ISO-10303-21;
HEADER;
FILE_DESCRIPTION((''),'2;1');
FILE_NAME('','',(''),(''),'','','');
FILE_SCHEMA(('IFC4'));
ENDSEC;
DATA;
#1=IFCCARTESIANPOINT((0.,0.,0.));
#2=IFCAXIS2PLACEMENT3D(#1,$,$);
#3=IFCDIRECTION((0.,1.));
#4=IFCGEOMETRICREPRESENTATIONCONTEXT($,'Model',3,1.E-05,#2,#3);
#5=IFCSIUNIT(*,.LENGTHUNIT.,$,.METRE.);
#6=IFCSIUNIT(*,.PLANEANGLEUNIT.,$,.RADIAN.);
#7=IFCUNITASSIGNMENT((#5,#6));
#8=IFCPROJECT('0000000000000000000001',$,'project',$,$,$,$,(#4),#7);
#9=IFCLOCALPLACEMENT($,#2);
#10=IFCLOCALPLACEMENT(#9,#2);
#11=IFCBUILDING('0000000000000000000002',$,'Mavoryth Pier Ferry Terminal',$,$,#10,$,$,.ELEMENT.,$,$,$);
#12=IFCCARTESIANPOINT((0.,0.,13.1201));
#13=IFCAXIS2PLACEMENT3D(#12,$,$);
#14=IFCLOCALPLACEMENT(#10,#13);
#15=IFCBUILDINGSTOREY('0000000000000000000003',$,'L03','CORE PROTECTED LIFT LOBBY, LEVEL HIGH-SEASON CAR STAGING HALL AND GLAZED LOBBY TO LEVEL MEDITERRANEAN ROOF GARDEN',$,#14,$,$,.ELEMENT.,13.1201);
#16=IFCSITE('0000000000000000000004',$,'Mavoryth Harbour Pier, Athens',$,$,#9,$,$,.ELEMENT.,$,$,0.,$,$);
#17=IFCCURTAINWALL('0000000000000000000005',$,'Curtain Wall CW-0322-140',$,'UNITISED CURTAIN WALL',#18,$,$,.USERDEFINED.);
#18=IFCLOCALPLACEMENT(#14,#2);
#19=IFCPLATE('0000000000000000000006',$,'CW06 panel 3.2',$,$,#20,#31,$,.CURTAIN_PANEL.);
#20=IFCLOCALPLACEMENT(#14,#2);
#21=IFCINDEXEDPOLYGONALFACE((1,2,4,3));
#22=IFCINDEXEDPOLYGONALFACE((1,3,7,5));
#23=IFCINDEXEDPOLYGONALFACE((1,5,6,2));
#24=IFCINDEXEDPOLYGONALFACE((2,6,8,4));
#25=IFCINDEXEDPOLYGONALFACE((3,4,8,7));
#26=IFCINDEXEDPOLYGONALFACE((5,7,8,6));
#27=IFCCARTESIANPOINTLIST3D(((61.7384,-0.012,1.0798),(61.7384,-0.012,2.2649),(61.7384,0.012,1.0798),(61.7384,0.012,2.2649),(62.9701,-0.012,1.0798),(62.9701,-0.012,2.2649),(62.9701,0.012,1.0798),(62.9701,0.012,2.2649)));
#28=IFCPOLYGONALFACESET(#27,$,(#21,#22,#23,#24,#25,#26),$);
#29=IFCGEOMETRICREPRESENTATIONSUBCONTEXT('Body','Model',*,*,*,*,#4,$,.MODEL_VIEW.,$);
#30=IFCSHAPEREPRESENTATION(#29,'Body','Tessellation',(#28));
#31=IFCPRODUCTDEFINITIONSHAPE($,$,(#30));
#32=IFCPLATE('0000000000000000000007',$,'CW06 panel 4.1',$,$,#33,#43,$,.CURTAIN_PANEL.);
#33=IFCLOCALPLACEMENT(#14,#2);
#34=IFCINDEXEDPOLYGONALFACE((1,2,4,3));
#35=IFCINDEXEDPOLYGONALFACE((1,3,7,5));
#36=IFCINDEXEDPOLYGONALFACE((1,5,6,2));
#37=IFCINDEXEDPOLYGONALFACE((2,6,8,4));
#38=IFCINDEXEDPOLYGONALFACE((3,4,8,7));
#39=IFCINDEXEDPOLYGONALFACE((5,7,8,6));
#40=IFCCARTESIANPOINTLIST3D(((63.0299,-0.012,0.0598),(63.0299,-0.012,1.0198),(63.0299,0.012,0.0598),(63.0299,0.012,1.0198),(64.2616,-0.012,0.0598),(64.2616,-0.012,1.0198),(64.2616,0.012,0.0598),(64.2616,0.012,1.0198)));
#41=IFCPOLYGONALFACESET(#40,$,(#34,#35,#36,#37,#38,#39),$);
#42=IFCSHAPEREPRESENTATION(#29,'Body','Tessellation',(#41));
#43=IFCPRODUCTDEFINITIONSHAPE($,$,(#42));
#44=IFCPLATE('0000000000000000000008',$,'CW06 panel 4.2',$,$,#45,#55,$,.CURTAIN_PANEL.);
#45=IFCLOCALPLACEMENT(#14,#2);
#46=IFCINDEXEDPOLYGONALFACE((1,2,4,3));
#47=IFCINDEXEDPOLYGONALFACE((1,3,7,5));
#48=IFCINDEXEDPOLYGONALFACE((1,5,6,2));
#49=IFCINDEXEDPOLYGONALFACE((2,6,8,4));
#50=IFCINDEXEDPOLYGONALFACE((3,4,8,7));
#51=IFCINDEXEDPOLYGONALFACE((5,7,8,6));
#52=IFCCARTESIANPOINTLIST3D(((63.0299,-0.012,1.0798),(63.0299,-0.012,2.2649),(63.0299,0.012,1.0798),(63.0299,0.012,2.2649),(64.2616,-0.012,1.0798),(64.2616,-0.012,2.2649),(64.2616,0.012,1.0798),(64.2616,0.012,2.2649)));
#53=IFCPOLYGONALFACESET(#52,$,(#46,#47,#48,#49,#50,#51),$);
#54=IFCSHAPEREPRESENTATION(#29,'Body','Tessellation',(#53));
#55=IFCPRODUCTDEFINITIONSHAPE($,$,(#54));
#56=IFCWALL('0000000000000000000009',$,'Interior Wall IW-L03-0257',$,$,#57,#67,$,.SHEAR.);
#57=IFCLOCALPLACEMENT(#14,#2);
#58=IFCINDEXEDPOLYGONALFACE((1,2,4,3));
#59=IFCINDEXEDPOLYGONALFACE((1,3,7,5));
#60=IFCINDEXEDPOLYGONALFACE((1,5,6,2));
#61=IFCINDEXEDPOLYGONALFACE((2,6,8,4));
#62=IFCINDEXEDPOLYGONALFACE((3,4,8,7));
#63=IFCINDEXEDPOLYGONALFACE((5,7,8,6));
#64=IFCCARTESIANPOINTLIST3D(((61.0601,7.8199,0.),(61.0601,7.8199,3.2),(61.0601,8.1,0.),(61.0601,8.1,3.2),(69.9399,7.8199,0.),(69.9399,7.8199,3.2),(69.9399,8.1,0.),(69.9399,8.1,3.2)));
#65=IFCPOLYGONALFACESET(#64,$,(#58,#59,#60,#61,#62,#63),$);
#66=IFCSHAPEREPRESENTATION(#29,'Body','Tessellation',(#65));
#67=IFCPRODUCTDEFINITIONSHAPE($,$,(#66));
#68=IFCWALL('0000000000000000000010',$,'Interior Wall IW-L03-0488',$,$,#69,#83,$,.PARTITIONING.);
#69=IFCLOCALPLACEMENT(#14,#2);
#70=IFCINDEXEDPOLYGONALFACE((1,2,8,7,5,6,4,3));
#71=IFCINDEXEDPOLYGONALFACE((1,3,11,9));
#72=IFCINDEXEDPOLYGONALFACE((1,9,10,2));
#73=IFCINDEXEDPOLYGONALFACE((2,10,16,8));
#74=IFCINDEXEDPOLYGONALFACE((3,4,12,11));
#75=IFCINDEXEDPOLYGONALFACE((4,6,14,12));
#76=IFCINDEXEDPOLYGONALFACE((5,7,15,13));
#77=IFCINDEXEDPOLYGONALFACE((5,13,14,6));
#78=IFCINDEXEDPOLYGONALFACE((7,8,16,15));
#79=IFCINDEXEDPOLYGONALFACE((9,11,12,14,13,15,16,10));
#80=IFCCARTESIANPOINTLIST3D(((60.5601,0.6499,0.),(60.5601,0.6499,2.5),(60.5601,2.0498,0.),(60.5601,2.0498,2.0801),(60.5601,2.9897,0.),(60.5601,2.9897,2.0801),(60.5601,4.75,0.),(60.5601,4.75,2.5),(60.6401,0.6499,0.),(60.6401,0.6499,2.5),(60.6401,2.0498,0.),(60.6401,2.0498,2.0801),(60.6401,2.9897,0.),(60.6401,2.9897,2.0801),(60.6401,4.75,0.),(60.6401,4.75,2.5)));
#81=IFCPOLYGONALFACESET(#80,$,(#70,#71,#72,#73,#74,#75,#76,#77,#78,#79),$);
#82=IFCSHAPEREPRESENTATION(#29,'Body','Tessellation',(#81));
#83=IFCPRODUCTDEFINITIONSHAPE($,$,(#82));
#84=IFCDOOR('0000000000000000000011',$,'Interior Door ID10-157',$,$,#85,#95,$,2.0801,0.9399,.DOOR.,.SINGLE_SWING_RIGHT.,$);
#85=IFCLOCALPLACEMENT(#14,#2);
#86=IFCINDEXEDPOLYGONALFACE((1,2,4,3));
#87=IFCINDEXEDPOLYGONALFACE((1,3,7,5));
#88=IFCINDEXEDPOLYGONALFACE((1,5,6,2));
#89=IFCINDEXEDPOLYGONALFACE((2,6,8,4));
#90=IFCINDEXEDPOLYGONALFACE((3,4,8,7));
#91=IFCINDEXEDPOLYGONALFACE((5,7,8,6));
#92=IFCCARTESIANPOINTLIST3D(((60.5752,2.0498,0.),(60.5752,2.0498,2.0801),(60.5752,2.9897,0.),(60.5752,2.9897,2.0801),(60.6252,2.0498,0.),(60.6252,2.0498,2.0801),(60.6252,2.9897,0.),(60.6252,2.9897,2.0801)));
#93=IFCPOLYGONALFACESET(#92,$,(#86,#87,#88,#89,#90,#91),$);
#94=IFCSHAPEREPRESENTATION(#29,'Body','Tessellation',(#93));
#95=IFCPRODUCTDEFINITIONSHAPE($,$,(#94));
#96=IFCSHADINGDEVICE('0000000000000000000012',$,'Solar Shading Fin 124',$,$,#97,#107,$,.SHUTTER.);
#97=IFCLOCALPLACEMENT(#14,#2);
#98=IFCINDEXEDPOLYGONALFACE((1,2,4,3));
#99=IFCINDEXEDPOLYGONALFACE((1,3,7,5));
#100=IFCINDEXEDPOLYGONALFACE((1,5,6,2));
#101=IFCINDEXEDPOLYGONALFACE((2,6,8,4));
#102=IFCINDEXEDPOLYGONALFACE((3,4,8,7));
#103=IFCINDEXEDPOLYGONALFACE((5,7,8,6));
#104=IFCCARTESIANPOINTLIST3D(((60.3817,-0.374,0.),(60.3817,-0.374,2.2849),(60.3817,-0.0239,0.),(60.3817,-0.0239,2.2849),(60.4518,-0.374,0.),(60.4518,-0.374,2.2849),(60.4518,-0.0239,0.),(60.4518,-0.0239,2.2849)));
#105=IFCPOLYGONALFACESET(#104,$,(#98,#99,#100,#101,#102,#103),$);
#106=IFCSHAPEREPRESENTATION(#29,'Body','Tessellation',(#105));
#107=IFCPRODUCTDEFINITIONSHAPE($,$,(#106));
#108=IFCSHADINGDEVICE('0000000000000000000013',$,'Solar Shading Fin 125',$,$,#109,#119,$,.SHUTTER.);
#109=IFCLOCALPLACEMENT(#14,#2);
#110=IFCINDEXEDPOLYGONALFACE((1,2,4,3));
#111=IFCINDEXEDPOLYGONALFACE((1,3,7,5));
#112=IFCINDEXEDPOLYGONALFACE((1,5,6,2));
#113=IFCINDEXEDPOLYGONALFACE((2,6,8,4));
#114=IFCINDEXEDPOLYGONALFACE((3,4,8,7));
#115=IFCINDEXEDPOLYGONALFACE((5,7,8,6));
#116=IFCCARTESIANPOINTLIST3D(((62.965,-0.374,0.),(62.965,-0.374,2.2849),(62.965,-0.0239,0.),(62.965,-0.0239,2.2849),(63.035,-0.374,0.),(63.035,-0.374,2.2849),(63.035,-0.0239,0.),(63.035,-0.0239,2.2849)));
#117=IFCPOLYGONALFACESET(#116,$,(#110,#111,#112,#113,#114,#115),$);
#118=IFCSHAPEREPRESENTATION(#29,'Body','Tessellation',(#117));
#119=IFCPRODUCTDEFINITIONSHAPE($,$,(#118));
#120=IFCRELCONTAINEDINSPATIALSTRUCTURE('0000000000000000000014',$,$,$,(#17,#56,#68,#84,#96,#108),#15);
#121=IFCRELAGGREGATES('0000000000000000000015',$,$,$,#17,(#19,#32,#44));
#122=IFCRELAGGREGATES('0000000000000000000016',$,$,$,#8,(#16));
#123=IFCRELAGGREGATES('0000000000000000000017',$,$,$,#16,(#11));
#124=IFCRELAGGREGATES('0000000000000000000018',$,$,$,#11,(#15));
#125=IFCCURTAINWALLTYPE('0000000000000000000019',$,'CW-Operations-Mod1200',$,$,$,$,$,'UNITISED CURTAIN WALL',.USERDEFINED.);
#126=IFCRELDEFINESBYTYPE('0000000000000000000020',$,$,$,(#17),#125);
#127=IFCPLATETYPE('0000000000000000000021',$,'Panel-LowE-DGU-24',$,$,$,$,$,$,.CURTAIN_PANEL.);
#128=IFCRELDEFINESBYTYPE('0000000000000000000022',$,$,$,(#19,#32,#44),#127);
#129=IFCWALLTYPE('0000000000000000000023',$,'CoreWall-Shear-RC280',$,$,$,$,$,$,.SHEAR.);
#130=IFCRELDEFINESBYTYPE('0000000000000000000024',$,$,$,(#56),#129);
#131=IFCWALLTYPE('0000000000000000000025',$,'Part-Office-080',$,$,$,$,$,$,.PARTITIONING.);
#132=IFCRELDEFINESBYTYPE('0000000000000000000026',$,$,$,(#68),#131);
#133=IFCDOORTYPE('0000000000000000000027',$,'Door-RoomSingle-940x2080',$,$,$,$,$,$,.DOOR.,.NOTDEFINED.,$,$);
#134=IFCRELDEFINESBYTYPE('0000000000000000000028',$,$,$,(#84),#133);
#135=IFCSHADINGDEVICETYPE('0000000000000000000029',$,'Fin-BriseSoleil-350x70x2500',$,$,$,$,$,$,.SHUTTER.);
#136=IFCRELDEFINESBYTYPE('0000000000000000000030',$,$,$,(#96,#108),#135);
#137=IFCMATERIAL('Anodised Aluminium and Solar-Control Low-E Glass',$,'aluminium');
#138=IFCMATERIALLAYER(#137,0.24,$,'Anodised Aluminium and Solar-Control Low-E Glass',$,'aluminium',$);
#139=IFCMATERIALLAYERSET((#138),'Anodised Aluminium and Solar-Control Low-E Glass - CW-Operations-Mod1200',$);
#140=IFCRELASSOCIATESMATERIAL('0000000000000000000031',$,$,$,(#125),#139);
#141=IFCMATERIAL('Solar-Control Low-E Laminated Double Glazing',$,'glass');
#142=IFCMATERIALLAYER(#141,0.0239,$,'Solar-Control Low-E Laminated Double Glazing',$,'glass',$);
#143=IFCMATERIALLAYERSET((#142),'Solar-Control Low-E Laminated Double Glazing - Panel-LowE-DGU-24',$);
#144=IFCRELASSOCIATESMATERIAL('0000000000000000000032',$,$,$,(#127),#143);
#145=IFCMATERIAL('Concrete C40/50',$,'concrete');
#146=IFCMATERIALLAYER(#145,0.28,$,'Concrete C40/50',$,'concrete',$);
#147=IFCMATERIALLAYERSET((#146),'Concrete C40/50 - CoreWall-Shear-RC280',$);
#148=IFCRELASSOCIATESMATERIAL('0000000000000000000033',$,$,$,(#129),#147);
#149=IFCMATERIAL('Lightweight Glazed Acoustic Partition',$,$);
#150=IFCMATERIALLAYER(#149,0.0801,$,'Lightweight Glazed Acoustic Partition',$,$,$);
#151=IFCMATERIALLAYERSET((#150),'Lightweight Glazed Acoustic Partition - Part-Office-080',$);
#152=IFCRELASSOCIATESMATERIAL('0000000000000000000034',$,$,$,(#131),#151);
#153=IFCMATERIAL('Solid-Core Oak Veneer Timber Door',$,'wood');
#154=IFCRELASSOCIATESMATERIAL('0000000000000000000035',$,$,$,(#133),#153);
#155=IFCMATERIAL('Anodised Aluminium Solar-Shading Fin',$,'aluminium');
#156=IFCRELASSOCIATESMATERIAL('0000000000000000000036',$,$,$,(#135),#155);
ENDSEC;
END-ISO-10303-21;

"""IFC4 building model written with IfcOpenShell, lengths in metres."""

from ifc_helpers import new_model, si_unit, direction, frame, frame_2d, origin, origin_2d, place, context, subcontext, project, spatial, rectangle, extrude, material, layer, layer_set, type_object, element, fill, aggregate, save


model = new_model("IFC4")

# Units and contexts
model_context = context("Model", 3, precision=1e-05, world=origin(), true_north=direction((0.0, 1.0)))
body_context = subcontext(model_context, "Body", "Model", "MODEL_VIEW")
ifc_project = project(units=[si_unit("LENGTHUNIT", "METRE"), si_unit("PLANEANGLEUNIT", "RADIAN")], contexts=[model_context])

# Site, building, storey
site_placement = place(None, origin())
site = spatial("IfcSite", under=ifc_project, at=site_placement, Name="Mavoryth Harbour Pier, Athens", CompositionType="ELEMENT", RefElevation=0.0)
building_placement = place(site_placement, origin())
building = spatial("IfcBuilding", under=site, at=building_placement, Name="Mavoryth Pier Ferry Terminal", CompositionType="ELEMENT")
storey_placement = place(building_placement, frame((0.0, 0.0, 13.1201)))
storey = spatial("IfcBuildingStorey", under=building, at=storey_placement, Name="L03", Description="CORE PROTECTED LIFT LOBBY, LEVEL HIGH-SEASON CAR STAGING HALL AND GLAZED LOBBY TO LEVEL MEDITERRANEAN ROOF GARDEN", CompositionType="ELEMENT", Elevation=13.1201)

# Curtain wall, plates
ifc_material_1 = material(Name="Anodised Aluminium and Solar-Control Low-E Glass", Category="aluminium")
ifc_layer_1 = layer(ifc_material_1, 0.24, Name="Anodised Aluminium and Solar-Control Low-E Glass", Category="aluminium")
ifc_layer_set_1 = layer_set([ifc_layer_1], Name="Anodised Aluminium and Solar-Control Low-E Glass - CW-Operations-Mod1200")
curtain_wall_type = type_object("IfcCurtainWallType", Name="CW-Operations-Mod1200", ElementType="UNITISED CURTAIN WALL", PredefinedType="USERDEFINED", material=ifc_layer_set_1)
curtain_wall_placement = place(storey_placement, origin())
curtain_wall = element("IfcCurtainWall", 1, at=curtain_wall_placement, inside=storey, type_object=curtain_wall_type, Name="Curtain Wall CW-0322-140", ObjectType="UNITISED CURTAIN WALL", PredefinedType="USERDEFINED")
ifc_material_2 = material(Name="Solar-Control Low-E Laminated Double Glazing", Category="glass")
ifc_layer_2 = layer(ifc_material_2, 0.0239, Name="Solar-Control Low-E Laminated Double Glazing", Category="glass")
ifc_layer_set_2 = layer_set([ifc_layer_2], Name="Solar-Control Low-E Laminated Double Glazing - Panel-LowE-DGU-24")
plate_type = type_object("IfcPlateType", Name="Panel-LowE-DGU-24", PredefinedType="CURTAIN_PANEL", material=ifc_layer_set_2)
plate_1_placement = place(storey_placement, frame((62.3542, 0.0, 1.0798), z_axis=(0.0, 0.0, 1.0), x_axis=(1.0, 0.0, 0.0)))
plate_1 = element("IfcPlate", 2, at=plate_1_placement, type_object=plate_type, Name="CW06 panel 3.2", PredefinedType="CURTAIN_PANEL", context=body_context, shape_type="SweptSolid", body=[
    extrude(rectangle(XDim=1.2317, YDim=0.0239, at=origin_2d()), origin(), (0.0, 0.0, 1.0), 1.1851),
])
plate_2_placement = place(storey_placement, frame((63.6458, 0.0, 0.0598), z_axis=(0.0, 0.0, 1.0), x_axis=(1.0, 0.0, 0.0)))
plate_2 = element("IfcPlate", 3, at=plate_2_placement, type_object=plate_type, Name="CW06 panel 4.1", PredefinedType="CURTAIN_PANEL", context=body_context, shape_type="SweptSolid", body=[
    extrude(rectangle(XDim=1.2317, YDim=0.0239, at=origin_2d()), origin(), (0.0, 0.0, 1.0), 0.96),
])
plate_3_placement = place(storey_placement, frame((63.6458, 0.0, 1.0798), z_axis=(0.0, 0.0, 1.0), x_axis=(1.0, 0.0, 0.0)))
plate_3 = element("IfcPlate", 4, at=plate_3_placement, type_object=plate_type, Name="CW06 panel 4.2", PredefinedType="CURTAIN_PANEL", context=body_context, shape_type="SweptSolid", body=[
    extrude(rectangle(XDim=1.2317, YDim=0.0239, at=origin_2d()), origin(), (0.0, 0.0, 1.0), 1.1851),
])
aggregate(curtain_wall, [plate_1, plate_2, plate_3])

# Wall
ifc_material_3 = material(Name="Concrete C40/50", Category="concrete")
ifc_layer_3 = layer(ifc_material_3, 0.28, Name="Concrete C40/50", Category="concrete")
ifc_layer_set_3 = layer_set([ifc_layer_3], Name="Concrete C40/50 - CoreWall-Shear-RC280")
wall_type_1 = type_object("IfcWallType", Name="CoreWall-Shear-RC280", PredefinedType="SHEAR", material=ifc_layer_set_3)
wall_1_placement = place(storey_placement, frame((61.0601, 7.96, 0.0), z_axis=(0.0, 0.0, 1.0), x_axis=(1.0, 0.0, 0.0)))
element("IfcWall", 5, at=wall_1_placement, inside=storey, type_object=wall_type_1, Name="Interior Wall IW-L03-0257", PredefinedType="SHEAR", context=body_context, shape_type="SweptSolid", body=[
    extrude(rectangle(XDim=8.8799, YDim=0.28, at=frame_2d((4.4399, 0.0))), origin(), (0.0, 0.0, 1.0), 3.2),
])

# Wall, opening, door
ifc_material_4 = material(Name="Lightweight Glazed Acoustic Partition")
ifc_layer_4 = layer(ifc_material_4, 0.0801, Name="Lightweight Glazed Acoustic Partition")
ifc_layer_set_4 = layer_set([ifc_layer_4], Name="Lightweight Glazed Acoustic Partition - Part-Office-080")
wall_type_2 = type_object("IfcWallType", Name="Part-Office-080", PredefinedType="PARTITIONING", material=ifc_layer_set_4)
wall_2_placement = place(storey_placement, frame((60.6001, 0.6499, 0.0), z_axis=(0.0, 0.0, 1.0), x_axis=(0.0, 1.0, 0.0)))
wall_2 = element("IfcWall", 6, at=wall_2_placement, inside=storey, type_object=wall_type_2, Name="Interior Wall IW-L03-0488", PredefinedType="PARTITIONING", context=body_context, shape_type="SweptSolid", body=[
    extrude(rectangle(XDim=4.1001, YDim=0.0801, at=frame_2d((2.05, 0.0))), origin(), (0.0, 0.0, 1.0), 2.5),
])
opening_placement = place(wall_2_placement, frame((1.3999, 0.0, 0.0)))
opening = element("IfcOpeningElement", 7, at=opening_placement, cuts=wall_2, PredefinedType="OPENING", context=body_context, shape_type="SweptSolid", body=[
    extrude(rectangle(XDim=0.9399, YDim=2.0801, at=frame_2d((0.47, 1.04))), frame((0.0, 0.05, 0.0), z_axis=(0.0, -1.0, 0.0), x_axis=(1.0, 0.0, 0.0)), (0.0, 0.0, 1.0), 0.1001),
])
ifc_material_5 = material(Name="Solid-Core Oak Veneer Timber Door", Category="wood")
door_type = type_object("IfcDoorType", Name="Door-RoomSingle-940x2080", OperationType="NOTDEFINED", PredefinedType="DOOR", material=ifc_material_5)
door_placement = place(opening_placement, origin())
door = element("IfcDoor", 8, at=door_placement, inside=storey, type_object=door_type, Name="Interior Door ID10-157", OperationType="SINGLE_SWING_RIGHT", OverallHeight=2.0801, OverallWidth=0.9399, PredefinedType="DOOR", context=body_context, shape_type="SweptSolid", body=[
    extrude(rectangle(XDim=0.9399, YDim=2.0801, at=frame_2d((0.47, 1.04))), frame((0.0, 0.0249, 0.0), z_axis=(0.0, -1.0, 0.0), x_axis=(1.0, 0.0, 0.0)), (0.0, 0.0, 1.0), 0.05),
])
fill(opening, door)

# Shading devices
ifc_material_6 = material(Name="Anodised Aluminium Solar-Shading Fin", Category="aluminium")
shading_device_type = type_object("IfcShadingDeviceType", Name="Fin-BriseSoleil-350x70x2500", PredefinedType="SHUTTER", material=ifc_material_6)
for number, where, z_axis, x_axis, name in (
    (9, (60.4167, -0.199, 0.0), (0.0, 0.0, 1.0), (1.0, 0.0, 0.0), "Solar Shading Fin 124"),
    (10, (63.0, -0.199, 0.0), (0.0, 0.0, 1.0), (1.0, 0.0, 0.0), "Solar Shading Fin 125"),
):
    element("IfcShadingDevice", number, at=place(storey_placement, frame(where, z_axis=z_axis, x_axis=x_axis)), inside=storey, type_object=shading_device_type, Name=name, PredefinedType="SHUTTER", context=body_context, shape_type="SweptSolid", body=[
        extrude(rectangle(XDim=0.0701, YDim=0.3501, at=origin_2d()), origin(), (0.0, 0.0, 1.0), 2.2849),
    ])

save(model, "model.ifc")
